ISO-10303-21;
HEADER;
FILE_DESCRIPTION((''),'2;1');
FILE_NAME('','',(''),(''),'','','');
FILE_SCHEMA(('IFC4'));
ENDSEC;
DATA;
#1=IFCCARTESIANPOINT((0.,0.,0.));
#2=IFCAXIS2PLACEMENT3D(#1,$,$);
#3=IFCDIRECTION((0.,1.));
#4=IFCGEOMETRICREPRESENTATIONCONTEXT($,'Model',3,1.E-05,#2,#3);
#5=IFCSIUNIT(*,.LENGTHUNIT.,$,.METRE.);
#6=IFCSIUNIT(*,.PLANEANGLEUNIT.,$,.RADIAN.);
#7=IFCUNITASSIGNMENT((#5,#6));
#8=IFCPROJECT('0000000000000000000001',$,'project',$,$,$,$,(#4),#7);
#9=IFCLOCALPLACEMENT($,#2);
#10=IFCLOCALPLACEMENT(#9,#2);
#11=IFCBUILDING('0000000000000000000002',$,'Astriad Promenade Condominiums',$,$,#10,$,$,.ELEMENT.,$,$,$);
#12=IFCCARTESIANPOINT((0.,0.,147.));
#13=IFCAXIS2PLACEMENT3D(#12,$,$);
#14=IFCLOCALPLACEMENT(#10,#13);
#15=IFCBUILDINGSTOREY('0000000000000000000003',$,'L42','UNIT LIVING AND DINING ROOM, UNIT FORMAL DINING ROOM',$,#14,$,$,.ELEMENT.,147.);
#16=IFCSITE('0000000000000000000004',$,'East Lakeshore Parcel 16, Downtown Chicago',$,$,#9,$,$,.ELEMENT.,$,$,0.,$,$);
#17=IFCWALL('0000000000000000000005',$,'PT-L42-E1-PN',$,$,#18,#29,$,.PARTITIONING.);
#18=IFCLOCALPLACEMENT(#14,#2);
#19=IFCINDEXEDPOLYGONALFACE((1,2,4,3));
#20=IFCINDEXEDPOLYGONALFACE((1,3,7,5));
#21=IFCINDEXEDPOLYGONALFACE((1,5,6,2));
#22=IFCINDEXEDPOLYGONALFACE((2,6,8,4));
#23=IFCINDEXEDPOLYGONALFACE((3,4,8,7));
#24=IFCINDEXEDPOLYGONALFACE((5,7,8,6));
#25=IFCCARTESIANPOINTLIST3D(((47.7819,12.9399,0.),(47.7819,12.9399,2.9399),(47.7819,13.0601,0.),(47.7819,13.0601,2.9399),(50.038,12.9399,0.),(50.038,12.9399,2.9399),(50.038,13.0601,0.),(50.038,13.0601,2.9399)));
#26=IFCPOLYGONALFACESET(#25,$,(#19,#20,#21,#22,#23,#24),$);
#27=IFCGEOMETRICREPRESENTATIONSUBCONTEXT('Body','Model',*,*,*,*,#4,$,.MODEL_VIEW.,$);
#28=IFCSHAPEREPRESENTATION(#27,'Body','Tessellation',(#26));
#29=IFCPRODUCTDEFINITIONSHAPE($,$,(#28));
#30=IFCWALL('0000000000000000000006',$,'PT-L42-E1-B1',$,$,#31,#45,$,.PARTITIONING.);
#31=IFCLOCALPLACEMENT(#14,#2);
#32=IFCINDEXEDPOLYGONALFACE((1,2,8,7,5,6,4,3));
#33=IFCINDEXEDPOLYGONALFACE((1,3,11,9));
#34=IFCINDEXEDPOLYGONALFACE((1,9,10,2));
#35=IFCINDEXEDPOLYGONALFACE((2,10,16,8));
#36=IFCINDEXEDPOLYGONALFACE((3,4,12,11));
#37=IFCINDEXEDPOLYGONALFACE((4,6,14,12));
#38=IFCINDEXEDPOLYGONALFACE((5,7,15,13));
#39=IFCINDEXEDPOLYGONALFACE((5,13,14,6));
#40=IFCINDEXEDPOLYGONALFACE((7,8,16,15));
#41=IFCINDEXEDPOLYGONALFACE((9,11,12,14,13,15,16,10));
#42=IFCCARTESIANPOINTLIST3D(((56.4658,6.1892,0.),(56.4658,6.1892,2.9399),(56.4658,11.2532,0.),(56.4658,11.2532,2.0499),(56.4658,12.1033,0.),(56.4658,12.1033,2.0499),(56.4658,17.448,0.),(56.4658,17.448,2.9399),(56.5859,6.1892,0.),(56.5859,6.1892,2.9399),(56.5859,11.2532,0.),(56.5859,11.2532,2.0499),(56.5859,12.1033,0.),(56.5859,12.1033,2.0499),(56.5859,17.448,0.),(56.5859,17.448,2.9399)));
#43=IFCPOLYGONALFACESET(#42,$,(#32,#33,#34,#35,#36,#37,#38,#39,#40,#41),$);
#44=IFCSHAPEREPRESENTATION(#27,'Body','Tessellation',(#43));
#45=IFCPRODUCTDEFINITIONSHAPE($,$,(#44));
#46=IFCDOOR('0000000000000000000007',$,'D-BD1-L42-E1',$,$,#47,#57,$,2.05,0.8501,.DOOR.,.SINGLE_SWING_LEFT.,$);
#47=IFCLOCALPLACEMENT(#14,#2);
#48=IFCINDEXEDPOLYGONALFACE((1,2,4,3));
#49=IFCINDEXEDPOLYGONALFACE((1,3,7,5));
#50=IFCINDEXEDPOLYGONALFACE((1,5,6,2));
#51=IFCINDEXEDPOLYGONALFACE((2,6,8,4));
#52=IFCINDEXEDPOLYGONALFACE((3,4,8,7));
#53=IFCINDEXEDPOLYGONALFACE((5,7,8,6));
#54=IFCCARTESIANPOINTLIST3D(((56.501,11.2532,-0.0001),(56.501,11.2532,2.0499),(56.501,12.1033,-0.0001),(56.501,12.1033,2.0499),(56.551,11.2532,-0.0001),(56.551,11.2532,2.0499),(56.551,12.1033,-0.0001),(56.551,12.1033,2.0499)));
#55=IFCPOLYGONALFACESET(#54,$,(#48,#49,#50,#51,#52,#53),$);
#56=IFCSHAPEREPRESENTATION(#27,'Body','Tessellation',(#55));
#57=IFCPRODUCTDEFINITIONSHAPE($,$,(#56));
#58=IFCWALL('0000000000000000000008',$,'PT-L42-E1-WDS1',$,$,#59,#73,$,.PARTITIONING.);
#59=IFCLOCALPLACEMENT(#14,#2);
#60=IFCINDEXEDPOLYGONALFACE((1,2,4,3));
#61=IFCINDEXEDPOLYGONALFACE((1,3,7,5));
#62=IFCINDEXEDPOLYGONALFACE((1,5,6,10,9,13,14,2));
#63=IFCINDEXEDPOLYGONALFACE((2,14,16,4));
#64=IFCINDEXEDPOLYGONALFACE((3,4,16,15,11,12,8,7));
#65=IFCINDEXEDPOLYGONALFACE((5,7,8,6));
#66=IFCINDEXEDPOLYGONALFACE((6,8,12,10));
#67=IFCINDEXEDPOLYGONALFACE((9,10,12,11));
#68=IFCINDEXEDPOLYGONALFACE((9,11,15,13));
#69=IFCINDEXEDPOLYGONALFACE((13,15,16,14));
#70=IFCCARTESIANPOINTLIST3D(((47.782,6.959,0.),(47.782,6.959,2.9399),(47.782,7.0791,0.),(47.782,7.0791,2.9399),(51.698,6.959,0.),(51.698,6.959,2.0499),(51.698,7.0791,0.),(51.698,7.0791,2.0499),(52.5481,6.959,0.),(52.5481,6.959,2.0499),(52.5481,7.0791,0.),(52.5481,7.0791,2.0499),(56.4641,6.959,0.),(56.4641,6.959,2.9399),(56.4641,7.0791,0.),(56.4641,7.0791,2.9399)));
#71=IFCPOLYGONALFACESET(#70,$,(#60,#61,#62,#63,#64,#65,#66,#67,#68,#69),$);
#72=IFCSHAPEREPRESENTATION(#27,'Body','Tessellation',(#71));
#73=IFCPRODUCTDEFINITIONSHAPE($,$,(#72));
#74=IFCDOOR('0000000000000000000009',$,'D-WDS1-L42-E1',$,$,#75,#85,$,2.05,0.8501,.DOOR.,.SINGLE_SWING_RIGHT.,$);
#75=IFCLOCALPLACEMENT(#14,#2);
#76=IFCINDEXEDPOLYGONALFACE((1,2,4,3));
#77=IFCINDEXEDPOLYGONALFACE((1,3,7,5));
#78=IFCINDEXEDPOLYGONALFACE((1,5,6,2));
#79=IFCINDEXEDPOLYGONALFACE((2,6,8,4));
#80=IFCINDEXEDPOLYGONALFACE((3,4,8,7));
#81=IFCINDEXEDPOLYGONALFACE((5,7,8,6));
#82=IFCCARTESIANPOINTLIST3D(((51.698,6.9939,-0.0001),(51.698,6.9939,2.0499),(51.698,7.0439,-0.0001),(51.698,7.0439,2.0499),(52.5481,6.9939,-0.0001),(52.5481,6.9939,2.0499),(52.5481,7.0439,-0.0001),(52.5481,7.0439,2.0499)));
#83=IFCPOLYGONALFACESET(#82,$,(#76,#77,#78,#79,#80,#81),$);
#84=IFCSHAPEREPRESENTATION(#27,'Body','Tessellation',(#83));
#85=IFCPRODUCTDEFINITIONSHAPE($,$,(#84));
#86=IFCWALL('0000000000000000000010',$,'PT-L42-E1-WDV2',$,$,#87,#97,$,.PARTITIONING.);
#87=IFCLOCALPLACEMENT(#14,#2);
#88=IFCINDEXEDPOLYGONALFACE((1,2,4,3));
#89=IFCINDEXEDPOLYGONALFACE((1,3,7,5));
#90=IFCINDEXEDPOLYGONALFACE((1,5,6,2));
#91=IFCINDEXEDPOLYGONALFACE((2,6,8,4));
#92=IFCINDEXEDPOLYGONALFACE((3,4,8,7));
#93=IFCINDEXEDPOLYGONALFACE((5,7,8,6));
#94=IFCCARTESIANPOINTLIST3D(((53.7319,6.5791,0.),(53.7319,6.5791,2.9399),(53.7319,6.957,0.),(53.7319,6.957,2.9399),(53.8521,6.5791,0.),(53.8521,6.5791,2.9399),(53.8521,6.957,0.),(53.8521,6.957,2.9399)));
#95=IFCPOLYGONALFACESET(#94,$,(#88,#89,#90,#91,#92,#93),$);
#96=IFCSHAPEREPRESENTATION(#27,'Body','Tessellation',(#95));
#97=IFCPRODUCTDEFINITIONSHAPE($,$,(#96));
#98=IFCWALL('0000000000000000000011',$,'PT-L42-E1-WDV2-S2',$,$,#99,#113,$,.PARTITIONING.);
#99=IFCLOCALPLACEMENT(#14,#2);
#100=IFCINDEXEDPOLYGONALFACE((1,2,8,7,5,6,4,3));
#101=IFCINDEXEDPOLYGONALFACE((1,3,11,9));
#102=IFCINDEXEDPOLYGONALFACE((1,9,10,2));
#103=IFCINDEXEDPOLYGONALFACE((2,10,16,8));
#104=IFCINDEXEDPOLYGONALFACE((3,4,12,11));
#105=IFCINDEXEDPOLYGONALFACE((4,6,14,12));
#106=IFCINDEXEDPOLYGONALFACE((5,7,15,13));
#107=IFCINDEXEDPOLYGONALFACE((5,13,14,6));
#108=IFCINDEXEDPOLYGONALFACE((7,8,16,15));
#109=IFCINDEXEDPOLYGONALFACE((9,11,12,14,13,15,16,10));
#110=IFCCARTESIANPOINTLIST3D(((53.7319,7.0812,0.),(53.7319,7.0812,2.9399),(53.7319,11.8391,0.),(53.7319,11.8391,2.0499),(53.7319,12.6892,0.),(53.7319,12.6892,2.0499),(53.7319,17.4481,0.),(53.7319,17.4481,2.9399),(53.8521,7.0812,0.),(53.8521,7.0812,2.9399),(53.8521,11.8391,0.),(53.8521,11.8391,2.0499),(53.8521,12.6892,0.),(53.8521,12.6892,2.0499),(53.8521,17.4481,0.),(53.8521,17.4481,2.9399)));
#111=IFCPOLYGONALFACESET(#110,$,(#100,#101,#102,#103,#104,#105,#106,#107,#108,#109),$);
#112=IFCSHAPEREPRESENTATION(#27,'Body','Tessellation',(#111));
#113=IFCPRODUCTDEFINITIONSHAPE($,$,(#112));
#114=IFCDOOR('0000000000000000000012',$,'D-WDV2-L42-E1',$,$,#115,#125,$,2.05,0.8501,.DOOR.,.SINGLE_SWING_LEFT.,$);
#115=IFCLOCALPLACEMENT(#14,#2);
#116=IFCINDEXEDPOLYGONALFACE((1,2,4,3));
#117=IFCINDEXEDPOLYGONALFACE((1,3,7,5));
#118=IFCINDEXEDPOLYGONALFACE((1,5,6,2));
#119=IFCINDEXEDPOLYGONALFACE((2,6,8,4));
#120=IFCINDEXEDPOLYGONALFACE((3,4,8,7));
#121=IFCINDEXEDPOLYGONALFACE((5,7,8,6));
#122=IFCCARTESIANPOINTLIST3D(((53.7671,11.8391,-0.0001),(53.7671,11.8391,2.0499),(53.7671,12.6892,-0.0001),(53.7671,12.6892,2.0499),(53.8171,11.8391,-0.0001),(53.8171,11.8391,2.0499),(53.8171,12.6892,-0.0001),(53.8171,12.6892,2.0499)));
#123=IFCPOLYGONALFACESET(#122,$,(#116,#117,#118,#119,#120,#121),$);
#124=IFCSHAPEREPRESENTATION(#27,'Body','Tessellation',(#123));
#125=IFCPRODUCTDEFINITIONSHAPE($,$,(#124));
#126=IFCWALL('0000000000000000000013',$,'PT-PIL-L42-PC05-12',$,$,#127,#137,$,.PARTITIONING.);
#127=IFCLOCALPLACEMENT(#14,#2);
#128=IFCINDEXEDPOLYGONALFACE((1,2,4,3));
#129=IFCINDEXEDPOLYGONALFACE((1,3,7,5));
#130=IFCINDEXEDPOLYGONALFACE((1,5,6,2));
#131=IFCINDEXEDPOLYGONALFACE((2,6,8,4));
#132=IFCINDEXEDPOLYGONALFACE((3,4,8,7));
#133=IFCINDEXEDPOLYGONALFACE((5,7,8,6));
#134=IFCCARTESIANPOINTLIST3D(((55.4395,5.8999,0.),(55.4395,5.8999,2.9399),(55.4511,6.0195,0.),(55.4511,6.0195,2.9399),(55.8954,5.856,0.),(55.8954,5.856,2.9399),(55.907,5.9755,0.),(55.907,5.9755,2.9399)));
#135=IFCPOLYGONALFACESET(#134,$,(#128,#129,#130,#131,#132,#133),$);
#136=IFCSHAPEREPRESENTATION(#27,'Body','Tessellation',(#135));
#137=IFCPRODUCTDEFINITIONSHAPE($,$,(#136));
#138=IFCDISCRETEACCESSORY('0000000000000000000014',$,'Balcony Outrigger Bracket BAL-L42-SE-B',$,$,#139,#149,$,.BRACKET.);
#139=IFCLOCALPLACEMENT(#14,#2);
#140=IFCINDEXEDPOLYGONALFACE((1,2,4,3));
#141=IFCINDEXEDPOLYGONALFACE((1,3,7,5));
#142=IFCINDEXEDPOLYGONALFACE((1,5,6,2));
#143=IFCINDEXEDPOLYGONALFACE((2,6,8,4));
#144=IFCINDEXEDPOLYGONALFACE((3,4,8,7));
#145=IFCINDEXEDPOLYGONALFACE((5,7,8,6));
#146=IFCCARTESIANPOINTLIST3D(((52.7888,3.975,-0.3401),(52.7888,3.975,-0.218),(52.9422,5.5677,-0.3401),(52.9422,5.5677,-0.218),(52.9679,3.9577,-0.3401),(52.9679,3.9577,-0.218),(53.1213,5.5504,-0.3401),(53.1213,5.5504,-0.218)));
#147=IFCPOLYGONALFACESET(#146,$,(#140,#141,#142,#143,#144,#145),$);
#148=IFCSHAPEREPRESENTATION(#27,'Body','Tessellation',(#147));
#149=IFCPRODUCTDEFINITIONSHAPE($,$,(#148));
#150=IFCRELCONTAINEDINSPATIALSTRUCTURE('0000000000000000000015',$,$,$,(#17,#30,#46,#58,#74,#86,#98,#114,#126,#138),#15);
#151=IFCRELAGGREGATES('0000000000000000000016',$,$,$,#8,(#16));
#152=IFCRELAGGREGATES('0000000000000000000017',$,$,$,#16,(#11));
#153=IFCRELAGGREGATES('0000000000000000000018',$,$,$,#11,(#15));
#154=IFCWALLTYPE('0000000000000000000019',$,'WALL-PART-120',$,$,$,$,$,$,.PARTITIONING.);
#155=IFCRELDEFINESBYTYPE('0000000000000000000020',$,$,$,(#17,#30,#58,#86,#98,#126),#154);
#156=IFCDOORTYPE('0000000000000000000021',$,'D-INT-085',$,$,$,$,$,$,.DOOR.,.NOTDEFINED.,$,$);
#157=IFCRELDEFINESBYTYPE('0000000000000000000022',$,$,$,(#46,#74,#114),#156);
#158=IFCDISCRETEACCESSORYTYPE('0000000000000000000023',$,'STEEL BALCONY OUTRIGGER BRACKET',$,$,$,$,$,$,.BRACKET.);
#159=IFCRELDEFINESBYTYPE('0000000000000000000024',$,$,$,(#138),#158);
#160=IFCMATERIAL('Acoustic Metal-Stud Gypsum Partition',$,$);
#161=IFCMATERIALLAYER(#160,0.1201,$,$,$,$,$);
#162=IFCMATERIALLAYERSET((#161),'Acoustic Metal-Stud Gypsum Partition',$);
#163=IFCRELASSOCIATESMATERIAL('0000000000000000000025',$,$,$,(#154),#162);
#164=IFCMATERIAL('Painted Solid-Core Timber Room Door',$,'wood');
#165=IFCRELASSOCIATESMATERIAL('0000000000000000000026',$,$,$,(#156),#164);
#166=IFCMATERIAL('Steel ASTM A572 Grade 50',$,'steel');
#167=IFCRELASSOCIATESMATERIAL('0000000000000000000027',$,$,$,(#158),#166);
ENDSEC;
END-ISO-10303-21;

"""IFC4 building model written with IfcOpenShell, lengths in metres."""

from ifc_helpers import new_model, si_unit, direction, frame, frame_2d, origin, origin_2d, place, context, subcontext, project, spatial, rectangle, extrude, source, transform, mapped, material, layer, layer_set, type_object, type_shapes, element, fill, save


model = new_model("IFC4")

# Units and contexts
model_context = context("Model", 3, precision=1e-05, world=origin(), true_north=direction((0.0, 1.0)))
body_context = subcontext(model_context, "Body", "Model", "MODEL_VIEW")
ifc_project = project(units=[si_unit("LENGTHUNIT", "METRE"), si_unit("PLANEANGLEUNIT", "RADIAN")], contexts=[model_context])

# Site, building, storey
site_placement = place(None, origin())
site = spatial("IfcSite", under=ifc_project, at=site_placement, Name="East Lakeshore Parcel 16, Downtown Chicago", CompositionType="ELEMENT", RefElevation=0.0)
building_placement = place(site_placement, origin())
building = spatial("IfcBuilding", under=site, at=building_placement, Name="Astriad Promenade Condominiums", CompositionType="ELEMENT")
storey_placement = place(building_placement, frame((0.0, 0.0, 147.0)))
storey = spatial("IfcBuildingStorey", under=building, at=storey_placement, Name="L42", Description="UNIT LIVING AND DINING ROOM, UNIT FORMAL DINING ROOM", CompositionType="ELEMENT", Elevation=147.0)

# Shared definitions
ifc_material_1 = material(Name="Acoustic Metal-Stud Gypsum Partition")
ifc_layer_1 = layer(ifc_material_1, 0.1201)
ifc_layer_set_1 = layer_set([ifc_layer_1], Name="Acoustic Metal-Stud Gypsum Partition")
wall_type_1 = type_object("IfcWallType", Name="WALL-PART-120", PredefinedType="PARTITIONING", material=ifc_layer_set_1)

# Shared definitions
ifc_material_2 = material(Name="Painted Solid-Core Timber Room Door", Category="wood")
door_type_1 = type_object("IfcDoorType", Name="D-INT-085", OperationType="NOTDEFINED", PredefinedType="DOOR", material=ifc_material_2)
shared_shape_1 = source(origin(), body_context, "Body", "SweptSolid", [
    extrude(rectangle(XDim=0.8501, YDim=2.05, at=frame_2d((0.425, 1.0249))), frame((0.0, 0.0249, 0.0), z_axis=(0.0, -1.0, 0.0), x_axis=(1.0, 0.0, 0.0)), (0.0, 0.0, 1.0), 0.05),
])
type_shapes(door_type_1, [shared_shape_1])

# Wall
for number, where, z_axis, x_axis, name in (
    (1, (47.782, 13.0, 0.0), (0.0, 0.0, 1.0), (1.0, 0.0, 0.0), "PT-L42-E1-PN"),
):
    element("IfcWall", number, at=place(storey_placement, frame(where, z_axis=z_axis, x_axis=x_axis)), inside=storey, type_object=wall_type_1, Name=name, PredefinedType="PARTITIONING", context=body_context, shape_type="SweptSolid", body=[
        extrude(rectangle(XDim=2.2561, YDim=0.1201, at=frame_2d((1.1279, 0.0))), origin(), (0.0, 0.0, 1.0), 2.9399),
    ])

# Walls, openings, doors
wall_1_placement = place(storey_placement, frame((56.5259, 6.1892, 0.0), z_axis=(0.0, 0.0, 1.0), x_axis=(0.0, 1.0, 0.0)))
wall_1 = element("IfcWall", 2, at=wall_1_placement, inside=storey, type_object=wall_type_1, Name="PT-L42-E1-B1", PredefinedType="PARTITIONING", context=body_context, shape_type="SweptSolid", body=[
    extrude(rectangle(XDim=11.2588, YDim=0.1201, at=frame_2d((5.6294, 0.0))), origin(), (0.0, 0.0, 1.0), 2.9399),
])
opening_1_placement = place(wall_1_placement, frame((5.064, 0.0, 0.0)))
opening_1 = element("IfcOpeningElement", 3, at=opening_1_placement, cuts=wall_1, PredefinedType="OPENING", context=body_context, shape_type="SweptSolid", body=[
    extrude(rectangle(XDim=0.8501, YDim=2.05, at=frame_2d((0.425, 1.0249))), frame((0.0, 0.0701, 0.0), z_axis=(0.0, -1.0, 0.0), x_axis=(1.0, 0.0, 0.0)), (0.0, 0.0, 1.0), 0.1401),
])
door_1_placement = place(opening_1_placement, origin())
door_1 = element("IfcDoor", 4, at=door_1_placement, inside=storey, type_object=door_type_1, Name="D-BD1-L42-E1", OperationType="SINGLE_SWING_LEFT", OverallHeight=2.05, OverallWidth=0.8501, PredefinedType="DOOR", context=body_context, shape_type="MappedRepresentation", body=[
    mapped(shared_shape_1, transform((0.0, 0.0, 0.0), scale=1.0)),
])
fill(opening_1, door_1)
wall_2_placement = place(storey_placement, frame((47.782, 7.019, 0.0), z_axis=(0.0, 0.0, 1.0), x_axis=(1.0, 0.0, 0.0)))
wall_2 = element("IfcWall", 5, at=wall_2_placement, inside=storey, type_object=wall_type_1, Name="PT-L42-E1-WDS1", PredefinedType="PARTITIONING", context=body_context, shape_type="SweptSolid", body=[
    extrude(rectangle(XDim=8.6821, YDim=0.1201, at=frame_2d((4.3411, 0.0))), origin(), (0.0, 0.0, 1.0), 2.9399),
])
opening_2_placement = place(wall_2_placement, frame((3.916, 0.0, 0.0)))
opening_2 = element("IfcOpeningElement", 6, at=opening_2_placement, cuts=wall_2, PredefinedType="OPENING", context=body_context, shape_type="SweptSolid", body=[
    extrude(rectangle(XDim=0.8501, YDim=2.05, at=frame_2d((0.425, 1.0249))), frame((0.0, 0.0701, 0.0), z_axis=(0.0, -1.0, 0.0), x_axis=(1.0, 0.0, 0.0)), (0.0, 0.0, 1.0), 0.1401),
])
door_2_placement = place(opening_2_placement, origin())
door_2 = element("IfcDoor", 7, at=door_2_placement, inside=storey, type_object=door_type_1, Name="D-WDS1-L42-E1", OperationType="SINGLE_SWING_RIGHT", OverallHeight=2.05, OverallWidth=0.8501, PredefinedType="DOOR", context=body_context, shape_type="MappedRepresentation", body=[
    mapped(shared_shape_1, transform((0.0, 0.0, 0.0), scale=1.0)),
])
fill(opening_2, door_2)

# Wall
wall_3_placement = place(storey_placement, frame((53.792, 6.5791, 0.0), z_axis=(0.0, 0.0, 1.0), x_axis=(0.0, 1.0, 0.0)))
element("IfcWall", 8, at=wall_3_placement, inside=storey, type_object=wall_type_1, Name="PT-L42-E1-WDV2", PredefinedType="PARTITIONING", context=body_context, shape_type="SweptSolid", body=[
    extrude(rectangle(XDim=0.3779, YDim=0.1201, at=frame_2d((0.189, 0.0))), origin(), (0.0, 0.0, 1.0), 2.9399),
])

# Wall, opening, door
wall_4_placement = place(storey_placement, frame((53.792, 7.0811, 0.0), z_axis=(0.0, 0.0, 1.0), x_axis=(0.0, 1.0, 0.0)))
wall_4 = element("IfcWall", 9, at=wall_4_placement, inside=storey, type_object=wall_type_1, Name="PT-L42-E1-WDV2-S2", PredefinedType="PARTITIONING", context=body_context, shape_type="SweptSolid", body=[
    extrude(rectangle(XDim=10.3669, YDim=0.1201, at=frame_2d((5.1836, 0.0))), origin(), (0.0, 0.0, 1.0), 2.9399),
])
opening_3_placement = place(wall_4_placement, frame((4.7581, 0.0, 0.0)))
opening_3 = element("IfcOpeningElement", 10, at=opening_3_placement, cuts=wall_4, PredefinedType="OPENING", context=body_context, shape_type="SweptSolid", body=[
    extrude(rectangle(XDim=0.8501, YDim=2.05, at=frame_2d((0.425, 1.0249))), frame((0.0, 0.0701, 0.0), z_axis=(0.0, -1.0, 0.0), x_axis=(1.0, 0.0, 0.0)), (0.0, 0.0, 1.0), 0.1401),
])
door_3_placement = place(opening_3_placement, origin())
door_3 = element("IfcDoor", 11, at=door_3_placement, inside=storey, type_object=door_type_1, Name="D-WDV2-L42-E1", OperationType="SINGLE_SWING_LEFT", OverallHeight=2.05, OverallWidth=0.8501, PredefinedType="DOOR", context=body_context, shape_type="MappedRepresentation", body=[
    mapped(shared_shape_1, transform((0.0, 0.0, 0.0), scale=1.0)),
])
fill(opening_3, door_3)

# Wall
wall_5_placement = place(storey_placement, frame((55.4453, 5.9597, 0.0), z_axis=(0.0, 0.0, 1.0), x_axis=(0.995385, -0.095966, 0.0)))
element("IfcWall", 12, at=wall_5_placement, inside=storey, type_object=wall_type_1, Name="PT-PIL-L42-PC05-12", PredefinedType="PARTITIONING", context=body_context, shape_type="SweptSolid", body=[
    extrude(rectangle(XDim=0.458, YDim=0.1201, at=frame_2d((0.229, 0.0))), origin(), (0.0, 0.0, 1.0), 2.9399),
])

# Discrete accessory
ifc_material_3 = material(Name="Steel ASTM A572 Grade 50", Category="steel")
discrete_accessory_type = type_object("IfcDiscreteAccessoryType", Name="STEEL BALCONY OUTRIGGER BRACKET", PredefinedType="BRACKET", material=ifc_material_3)
shared_shape_2 = source(origin(), body_context, "Body", "SweptSolid", [
    extrude(rectangle(XDim=1.6001, YDim=0.1799, at=origin_2d()), origin(), (0.0, 0.0, 1.0), 0.1221),
])
type_shapes(discrete_accessory_type, [shared_shape_2])
discrete_accessory_placement = place(storey_placement, frame((52.9551, 4.7627, -0.3401), z_axis=(0.0, 0.0, 1.0), x_axis=(-0.095846, -0.995396, 0.0)))
element("IfcDiscreteAccessory", 13, at=discrete_accessory_placement, inside=storey, type_object=discrete_accessory_type, Name="Balcony Outrigger Bracket BAL-L42-SE-B", PredefinedType="BRACKET", context=body_context, shape_type="MappedRepresentation", body=[
    mapped(shared_shape_2, transform((0.0, 0.0, 0.0), scale=1.0)),
])

save(model, "model.ifc")
